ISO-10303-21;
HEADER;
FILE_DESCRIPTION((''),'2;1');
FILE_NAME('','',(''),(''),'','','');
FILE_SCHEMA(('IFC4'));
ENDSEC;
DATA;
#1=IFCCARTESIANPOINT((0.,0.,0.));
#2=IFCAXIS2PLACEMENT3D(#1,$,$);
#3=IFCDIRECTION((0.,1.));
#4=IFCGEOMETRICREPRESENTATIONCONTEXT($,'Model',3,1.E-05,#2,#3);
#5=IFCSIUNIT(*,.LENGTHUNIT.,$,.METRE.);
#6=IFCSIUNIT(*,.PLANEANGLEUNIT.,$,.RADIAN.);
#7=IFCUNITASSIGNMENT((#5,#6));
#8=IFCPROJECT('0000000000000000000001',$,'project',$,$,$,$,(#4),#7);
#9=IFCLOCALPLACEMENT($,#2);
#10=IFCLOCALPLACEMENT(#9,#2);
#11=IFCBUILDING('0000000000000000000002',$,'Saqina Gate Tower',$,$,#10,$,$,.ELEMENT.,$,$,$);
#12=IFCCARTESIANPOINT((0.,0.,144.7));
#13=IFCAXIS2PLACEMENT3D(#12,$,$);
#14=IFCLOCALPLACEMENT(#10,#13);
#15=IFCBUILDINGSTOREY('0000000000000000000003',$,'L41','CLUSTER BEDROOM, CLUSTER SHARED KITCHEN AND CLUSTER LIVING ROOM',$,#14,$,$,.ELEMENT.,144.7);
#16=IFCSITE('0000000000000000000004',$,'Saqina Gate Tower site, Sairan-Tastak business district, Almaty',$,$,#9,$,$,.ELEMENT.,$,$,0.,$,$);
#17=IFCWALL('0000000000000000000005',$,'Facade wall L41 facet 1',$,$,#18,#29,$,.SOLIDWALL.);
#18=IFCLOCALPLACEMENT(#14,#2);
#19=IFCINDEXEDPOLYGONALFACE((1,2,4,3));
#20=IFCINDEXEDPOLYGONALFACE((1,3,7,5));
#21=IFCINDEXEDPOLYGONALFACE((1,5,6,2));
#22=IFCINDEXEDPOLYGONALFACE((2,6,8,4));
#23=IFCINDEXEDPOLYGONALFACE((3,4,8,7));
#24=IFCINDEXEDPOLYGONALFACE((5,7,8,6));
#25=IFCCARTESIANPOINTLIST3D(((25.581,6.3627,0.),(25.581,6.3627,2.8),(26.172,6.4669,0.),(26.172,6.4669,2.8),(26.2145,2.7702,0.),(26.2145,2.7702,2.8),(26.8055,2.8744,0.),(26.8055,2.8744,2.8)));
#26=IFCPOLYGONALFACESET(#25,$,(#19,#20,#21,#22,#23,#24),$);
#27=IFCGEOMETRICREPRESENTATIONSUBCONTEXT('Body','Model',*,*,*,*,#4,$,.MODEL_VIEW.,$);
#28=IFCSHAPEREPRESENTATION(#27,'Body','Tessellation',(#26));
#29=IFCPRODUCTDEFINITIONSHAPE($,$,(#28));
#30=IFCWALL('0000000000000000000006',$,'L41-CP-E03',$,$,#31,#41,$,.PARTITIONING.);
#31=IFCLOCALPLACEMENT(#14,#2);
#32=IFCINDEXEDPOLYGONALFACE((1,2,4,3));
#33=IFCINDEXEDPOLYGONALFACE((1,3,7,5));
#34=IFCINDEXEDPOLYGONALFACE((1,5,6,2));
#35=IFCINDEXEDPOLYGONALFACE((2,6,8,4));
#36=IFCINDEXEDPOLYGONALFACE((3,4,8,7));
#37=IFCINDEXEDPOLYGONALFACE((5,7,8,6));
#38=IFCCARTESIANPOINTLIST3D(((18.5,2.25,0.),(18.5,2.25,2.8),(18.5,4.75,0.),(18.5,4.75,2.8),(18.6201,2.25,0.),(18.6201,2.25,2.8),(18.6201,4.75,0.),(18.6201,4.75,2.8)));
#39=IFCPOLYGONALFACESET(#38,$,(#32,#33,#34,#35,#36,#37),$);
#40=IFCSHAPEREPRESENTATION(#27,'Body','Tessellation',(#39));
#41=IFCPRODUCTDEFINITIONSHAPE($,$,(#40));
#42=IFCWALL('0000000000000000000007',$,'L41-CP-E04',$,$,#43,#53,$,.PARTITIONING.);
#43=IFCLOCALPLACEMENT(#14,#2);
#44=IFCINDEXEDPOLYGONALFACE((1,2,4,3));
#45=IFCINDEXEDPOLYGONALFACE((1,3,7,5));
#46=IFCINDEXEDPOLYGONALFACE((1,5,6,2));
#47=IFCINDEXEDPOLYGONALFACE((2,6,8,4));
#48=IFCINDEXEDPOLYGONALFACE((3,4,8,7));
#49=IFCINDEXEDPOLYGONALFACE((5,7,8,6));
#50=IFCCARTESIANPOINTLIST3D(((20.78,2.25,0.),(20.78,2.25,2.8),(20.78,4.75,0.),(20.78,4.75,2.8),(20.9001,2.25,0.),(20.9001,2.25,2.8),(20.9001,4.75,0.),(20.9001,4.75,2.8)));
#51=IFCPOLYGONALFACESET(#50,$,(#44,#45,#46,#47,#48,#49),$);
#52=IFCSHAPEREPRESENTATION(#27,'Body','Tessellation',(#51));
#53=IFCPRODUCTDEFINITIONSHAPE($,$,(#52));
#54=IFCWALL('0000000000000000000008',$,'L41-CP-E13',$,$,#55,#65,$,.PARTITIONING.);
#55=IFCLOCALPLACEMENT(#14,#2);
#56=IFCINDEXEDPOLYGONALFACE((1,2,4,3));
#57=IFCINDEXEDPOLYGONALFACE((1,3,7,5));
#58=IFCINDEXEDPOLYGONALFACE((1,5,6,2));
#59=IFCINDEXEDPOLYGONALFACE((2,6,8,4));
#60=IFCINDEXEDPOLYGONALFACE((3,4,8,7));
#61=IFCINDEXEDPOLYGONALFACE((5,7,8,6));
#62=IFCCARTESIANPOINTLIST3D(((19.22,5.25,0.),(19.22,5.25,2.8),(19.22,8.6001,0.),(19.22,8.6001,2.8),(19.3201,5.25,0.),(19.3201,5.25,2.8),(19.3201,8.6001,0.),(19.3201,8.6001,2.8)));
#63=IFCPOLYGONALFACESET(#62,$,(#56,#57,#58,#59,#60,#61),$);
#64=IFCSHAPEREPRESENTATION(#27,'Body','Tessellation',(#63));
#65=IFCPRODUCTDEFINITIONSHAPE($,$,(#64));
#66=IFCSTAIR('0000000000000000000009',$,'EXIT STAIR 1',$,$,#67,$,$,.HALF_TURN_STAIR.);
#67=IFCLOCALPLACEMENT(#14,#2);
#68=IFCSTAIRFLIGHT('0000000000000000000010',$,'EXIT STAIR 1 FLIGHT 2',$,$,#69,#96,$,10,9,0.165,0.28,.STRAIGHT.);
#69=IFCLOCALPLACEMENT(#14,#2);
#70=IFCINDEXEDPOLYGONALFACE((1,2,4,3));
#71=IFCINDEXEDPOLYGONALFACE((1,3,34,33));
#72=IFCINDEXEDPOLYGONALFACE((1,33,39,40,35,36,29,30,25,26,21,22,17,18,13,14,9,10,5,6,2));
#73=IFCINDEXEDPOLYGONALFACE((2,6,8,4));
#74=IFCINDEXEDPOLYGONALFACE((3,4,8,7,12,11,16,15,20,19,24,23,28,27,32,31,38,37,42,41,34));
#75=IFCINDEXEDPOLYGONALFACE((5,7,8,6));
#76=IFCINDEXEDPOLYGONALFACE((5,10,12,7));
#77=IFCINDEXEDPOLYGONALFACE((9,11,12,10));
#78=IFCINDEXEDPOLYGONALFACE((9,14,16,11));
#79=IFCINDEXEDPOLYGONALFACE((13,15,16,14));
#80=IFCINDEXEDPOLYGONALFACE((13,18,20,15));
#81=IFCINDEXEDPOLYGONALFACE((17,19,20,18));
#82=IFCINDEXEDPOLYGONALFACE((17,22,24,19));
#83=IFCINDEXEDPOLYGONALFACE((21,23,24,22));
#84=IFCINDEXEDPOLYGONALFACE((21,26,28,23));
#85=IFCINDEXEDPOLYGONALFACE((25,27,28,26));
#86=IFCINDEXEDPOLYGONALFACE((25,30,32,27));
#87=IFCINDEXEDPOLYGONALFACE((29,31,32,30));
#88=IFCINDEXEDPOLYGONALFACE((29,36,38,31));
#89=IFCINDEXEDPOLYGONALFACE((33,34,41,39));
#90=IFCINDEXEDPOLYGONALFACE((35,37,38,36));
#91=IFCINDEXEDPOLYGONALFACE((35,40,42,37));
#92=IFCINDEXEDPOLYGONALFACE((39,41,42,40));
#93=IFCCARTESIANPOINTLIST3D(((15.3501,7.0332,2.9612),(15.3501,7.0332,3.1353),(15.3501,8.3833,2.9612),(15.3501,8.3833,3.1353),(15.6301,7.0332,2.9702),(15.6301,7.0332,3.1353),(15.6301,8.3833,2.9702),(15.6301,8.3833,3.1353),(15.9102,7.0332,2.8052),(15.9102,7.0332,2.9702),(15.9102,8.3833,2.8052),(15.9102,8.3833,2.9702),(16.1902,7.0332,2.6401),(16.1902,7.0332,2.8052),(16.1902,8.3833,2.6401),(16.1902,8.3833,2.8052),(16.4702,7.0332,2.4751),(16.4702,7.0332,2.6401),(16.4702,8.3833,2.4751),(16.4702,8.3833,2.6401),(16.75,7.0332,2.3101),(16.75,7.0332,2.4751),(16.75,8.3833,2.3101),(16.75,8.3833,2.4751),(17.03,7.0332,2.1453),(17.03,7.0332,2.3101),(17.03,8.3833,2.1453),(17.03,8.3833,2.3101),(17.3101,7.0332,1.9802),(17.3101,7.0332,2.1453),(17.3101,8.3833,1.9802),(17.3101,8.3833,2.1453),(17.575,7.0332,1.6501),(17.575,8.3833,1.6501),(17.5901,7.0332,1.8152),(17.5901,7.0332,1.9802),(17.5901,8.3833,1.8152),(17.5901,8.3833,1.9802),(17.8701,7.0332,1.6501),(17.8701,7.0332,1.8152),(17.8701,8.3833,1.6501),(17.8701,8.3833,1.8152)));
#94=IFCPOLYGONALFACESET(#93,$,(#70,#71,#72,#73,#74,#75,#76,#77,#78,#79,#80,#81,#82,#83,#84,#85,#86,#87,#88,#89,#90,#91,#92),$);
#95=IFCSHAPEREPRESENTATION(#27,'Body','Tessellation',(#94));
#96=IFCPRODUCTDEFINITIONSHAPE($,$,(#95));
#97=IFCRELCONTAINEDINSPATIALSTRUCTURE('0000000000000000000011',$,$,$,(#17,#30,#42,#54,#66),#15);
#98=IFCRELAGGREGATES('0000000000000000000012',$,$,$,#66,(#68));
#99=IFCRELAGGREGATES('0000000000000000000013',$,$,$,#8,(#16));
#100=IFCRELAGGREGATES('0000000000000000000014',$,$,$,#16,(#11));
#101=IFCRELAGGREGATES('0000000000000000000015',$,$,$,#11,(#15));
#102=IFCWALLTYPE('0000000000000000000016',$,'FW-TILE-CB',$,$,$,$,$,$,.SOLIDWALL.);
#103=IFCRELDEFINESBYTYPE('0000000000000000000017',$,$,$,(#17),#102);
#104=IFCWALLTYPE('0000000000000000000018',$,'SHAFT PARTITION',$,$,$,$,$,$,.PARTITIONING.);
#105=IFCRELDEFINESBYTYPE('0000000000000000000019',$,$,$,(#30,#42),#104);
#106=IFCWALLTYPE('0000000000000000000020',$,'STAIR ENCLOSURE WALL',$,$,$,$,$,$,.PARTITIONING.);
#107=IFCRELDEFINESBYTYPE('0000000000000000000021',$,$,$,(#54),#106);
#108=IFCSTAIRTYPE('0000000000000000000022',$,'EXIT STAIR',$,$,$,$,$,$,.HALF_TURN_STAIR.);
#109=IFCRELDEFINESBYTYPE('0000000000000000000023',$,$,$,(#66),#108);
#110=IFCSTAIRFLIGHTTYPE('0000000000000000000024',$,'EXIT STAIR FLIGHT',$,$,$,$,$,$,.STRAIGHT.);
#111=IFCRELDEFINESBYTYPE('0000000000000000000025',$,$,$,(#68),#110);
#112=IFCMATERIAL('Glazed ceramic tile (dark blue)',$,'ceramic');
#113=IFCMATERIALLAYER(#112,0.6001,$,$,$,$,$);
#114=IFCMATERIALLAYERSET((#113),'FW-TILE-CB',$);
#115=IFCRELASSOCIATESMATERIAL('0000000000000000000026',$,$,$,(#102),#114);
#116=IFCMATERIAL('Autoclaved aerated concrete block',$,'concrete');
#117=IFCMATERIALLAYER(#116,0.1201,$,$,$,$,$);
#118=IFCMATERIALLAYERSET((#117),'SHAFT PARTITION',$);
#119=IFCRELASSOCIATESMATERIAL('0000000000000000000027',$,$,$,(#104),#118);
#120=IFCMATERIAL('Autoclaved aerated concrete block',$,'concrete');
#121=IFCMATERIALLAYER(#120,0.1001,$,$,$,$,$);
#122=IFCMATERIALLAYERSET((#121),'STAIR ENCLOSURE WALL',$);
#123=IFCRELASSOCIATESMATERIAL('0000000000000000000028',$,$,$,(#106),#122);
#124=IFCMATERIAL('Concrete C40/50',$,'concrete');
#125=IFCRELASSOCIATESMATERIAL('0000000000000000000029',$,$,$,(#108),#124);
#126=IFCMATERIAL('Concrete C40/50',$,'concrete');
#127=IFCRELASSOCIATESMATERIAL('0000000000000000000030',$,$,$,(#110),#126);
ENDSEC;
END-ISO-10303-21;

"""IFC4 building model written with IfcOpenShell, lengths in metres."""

from ifc_helpers import new_model, si_unit, direction, frame, frame_2d, origin, place, context, subcontext, project, spatial, polyline, rectangle, outline, extrude, material, layer, layer_set, type_object, element, aggregate, save


model = new_model("IFC4")

# Units and contexts
model_context = context("Model", 3, precision=1e-05, world=origin(), true_north=direction((0.0, 1.0)))
body_context = subcontext(model_context, "Body", "Model", "MODEL_VIEW")
ifc_project = project(units=[si_unit("LENGTHUNIT", "METRE"), si_unit("PLANEANGLEUNIT", "RADIAN")], contexts=[model_context])

# Site, building, storey
site_placement = place(None, origin())
site = spatial("IfcSite", under=ifc_project, at=site_placement, Name="Saqina Gate Tower site, Sairan-Tastak business district, Almaty", CompositionType="ELEMENT", RefElevation=0.0)
building_placement = place(site_placement, origin())
building = spatial("IfcBuilding", under=site, at=building_placement, Name="Saqina Gate Tower", CompositionType="ELEMENT")
storey_placement = place(building_placement, frame((0.0, 0.0, 144.7)))
storey = spatial("IfcBuildingStorey", under=building, at=storey_placement, Name="L41", Description="CLUSTER BEDROOM, CLUSTER SHARED KITCHEN AND CLUSTER LIVING ROOM", CompositionType="ELEMENT", Elevation=144.7)

# Walls
ifc_material_1 = material(Name="Glazed ceramic tile (dark blue)", Category="ceramic")
ifc_layer_1 = layer(ifc_material_1, 0.6001)
ifc_layer_set_1 = layer_set([ifc_layer_1], Name="FW-TILE-CB")
wall_type_1 = type_object("IfcWallType", Name="FW-TILE-CB", PredefinedType="SOLIDWALL", material=ifc_layer_set_1)
wall_1_placement = place(storey_placement, frame((26.51, 2.8223, 0.0), z_axis=(0.0, 0.0, 1.0), x_axis=(-0.173671, 0.984804, 0.0)))
element("IfcWall", 1, at=wall_1_placement, inside=storey, type_object=wall_type_1, Name="Facade wall L41 facet 1", PredefinedType="SOLIDWALL", context=body_context, shape_type="SweptSolid", body=[
    extrude(rectangle(XDim=3.6479, YDim=0.6001, at=frame_2d((1.824, 0.0))), origin(), (0.0, 0.0, 1.0), 2.8),
])
ifc_material_2 = material(Name="Autoclaved aerated concrete block", Category="concrete")
ifc_layer_2 = layer(ifc_material_2, 0.1201)
ifc_layer_set_2 = layer_set([ifc_layer_2], Name="SHAFT PARTITION")
wall_type_2 = type_object("IfcWallType", Name="SHAFT PARTITION", PredefinedType="PARTITIONING", material=ifc_layer_set_2)
for number, where, z_axis, x_axis, name in (
    (2, (18.5601, 2.25, 0.0), (0.0, 0.0, 1.0), (0.0, 1.0, 0.0), "L41-CP-E03"),
    (3, (20.8401, 2.25, 0.0), (0.0, 0.0, 1.0), (0.0, 1.0, 0.0), "L41-CP-E04"),
):
    element("IfcWall", number, at=place(storey_placement, frame(where, z_axis=z_axis, x_axis=x_axis)), inside=storey, type_object=wall_type_2, Name=name, PredefinedType="PARTITIONING", context=body_context, shape_type="SweptSolid", body=[
        extrude(rectangle(XDim=2.5, YDim=0.1201, at=frame_2d((1.25, 0.0))), origin(), (0.0, 0.0, 1.0), 2.8),
    ])
ifc_material_3 = material(Name="Autoclaved aerated concrete block", Category="concrete")
ifc_layer_3 = layer(ifc_material_3, 0.1001)
ifc_layer_set_3 = layer_set([ifc_layer_3], Name="STAIR ENCLOSURE WALL")
wall_type_3 = type_object("IfcWallType", Name="STAIR ENCLOSURE WALL", PredefinedType="PARTITIONING", material=ifc_layer_set_3)
wall_2_placement = place(storey_placement, frame((19.27, 5.25, 0.0), z_axis=(0.0, 0.0, 1.0), x_axis=(0.0, 1.0, 0.0)))
element("IfcWall", 4, at=wall_2_placement, inside=storey, type_object=wall_type_3, Name="L41-CP-E13", PredefinedType="PARTITIONING", context=body_context, shape_type="SweptSolid", body=[
    extrude(rectangle(XDim=3.3501, YDim=0.1001, at=frame_2d((1.675, 0.0))), origin(), (0.0, 0.0, 1.0), 2.8),
])

# Stair, stair flight
ifc_material_4 = material(Name="Concrete C40/50", Category="concrete")
stair_type = type_object("IfcStairType", Name="EXIT STAIR", PredefinedType="HALF_TURN_STAIR", material=ifc_material_4)
stair_placement = place(storey_placement, origin())
stair = element("IfcStair", 5, at=stair_placement, inside=storey, type_object=stair_type, Name="EXIT STAIR 1", PredefinedType="HALF_TURN_STAIR")
ifc_material_5 = material(Name="Concrete C40/50", Category="concrete")
stair_flight_type = type_object("IfcStairFlightType", Name="EXIT STAIR FLIGHT", PredefinedType="STRAIGHT", material=ifc_material_5)
stair_flight_placement = place(storey_placement, frame((17.8701, 7.7083, 1.6501), z_axis=(0.0, 0.0, 1.0), x_axis=(-1.0, 0.0, 0.0)))
stair_flight = element("IfcStairFlight", 6, at=stair_flight_placement, type_object=stair_flight_type, Name="EXIT STAIR 1 FLIGHT 2", NumberOfRisers=10, NumberOfTreads=9, PredefinedType="STRAIGHT", RiserHeight=0.165, TreadLength=0.28, context=body_context, shape_type="SweptSolid", body=[
    extrude(outline(polyline([(0.0, 0.0), (0.0, 0.165), (0.28, 0.165), (0.28, 0.3301), (0.5601, 0.3301), (0.5601, 0.4951), (0.8401, 0.4951), (0.8401, 0.6599), (1.1201, 0.6599), (1.1201, 0.825), (1.3999, 0.825), (1.3999, 0.99), (1.6799, 0.99), (1.6799, 1.155), (1.96, 1.155), (1.96, 1.3201), (2.24, 1.3201), (2.24, 1.4851), (2.52, 1.4851), (2.52, 1.6499), (2.52, 1.311), (0.2952, 0.0), (0.0, 0.0)])), frame((0.0, 0.675, 0.0), z_axis=(0.0, -1.0, 0.0), x_axis=(1.0, 0.0, 0.0)), (0.0, 0.0, 1.0), 1.3501),
])
aggregate(stair, [stair_flight])

save(model, "model.ifc")
